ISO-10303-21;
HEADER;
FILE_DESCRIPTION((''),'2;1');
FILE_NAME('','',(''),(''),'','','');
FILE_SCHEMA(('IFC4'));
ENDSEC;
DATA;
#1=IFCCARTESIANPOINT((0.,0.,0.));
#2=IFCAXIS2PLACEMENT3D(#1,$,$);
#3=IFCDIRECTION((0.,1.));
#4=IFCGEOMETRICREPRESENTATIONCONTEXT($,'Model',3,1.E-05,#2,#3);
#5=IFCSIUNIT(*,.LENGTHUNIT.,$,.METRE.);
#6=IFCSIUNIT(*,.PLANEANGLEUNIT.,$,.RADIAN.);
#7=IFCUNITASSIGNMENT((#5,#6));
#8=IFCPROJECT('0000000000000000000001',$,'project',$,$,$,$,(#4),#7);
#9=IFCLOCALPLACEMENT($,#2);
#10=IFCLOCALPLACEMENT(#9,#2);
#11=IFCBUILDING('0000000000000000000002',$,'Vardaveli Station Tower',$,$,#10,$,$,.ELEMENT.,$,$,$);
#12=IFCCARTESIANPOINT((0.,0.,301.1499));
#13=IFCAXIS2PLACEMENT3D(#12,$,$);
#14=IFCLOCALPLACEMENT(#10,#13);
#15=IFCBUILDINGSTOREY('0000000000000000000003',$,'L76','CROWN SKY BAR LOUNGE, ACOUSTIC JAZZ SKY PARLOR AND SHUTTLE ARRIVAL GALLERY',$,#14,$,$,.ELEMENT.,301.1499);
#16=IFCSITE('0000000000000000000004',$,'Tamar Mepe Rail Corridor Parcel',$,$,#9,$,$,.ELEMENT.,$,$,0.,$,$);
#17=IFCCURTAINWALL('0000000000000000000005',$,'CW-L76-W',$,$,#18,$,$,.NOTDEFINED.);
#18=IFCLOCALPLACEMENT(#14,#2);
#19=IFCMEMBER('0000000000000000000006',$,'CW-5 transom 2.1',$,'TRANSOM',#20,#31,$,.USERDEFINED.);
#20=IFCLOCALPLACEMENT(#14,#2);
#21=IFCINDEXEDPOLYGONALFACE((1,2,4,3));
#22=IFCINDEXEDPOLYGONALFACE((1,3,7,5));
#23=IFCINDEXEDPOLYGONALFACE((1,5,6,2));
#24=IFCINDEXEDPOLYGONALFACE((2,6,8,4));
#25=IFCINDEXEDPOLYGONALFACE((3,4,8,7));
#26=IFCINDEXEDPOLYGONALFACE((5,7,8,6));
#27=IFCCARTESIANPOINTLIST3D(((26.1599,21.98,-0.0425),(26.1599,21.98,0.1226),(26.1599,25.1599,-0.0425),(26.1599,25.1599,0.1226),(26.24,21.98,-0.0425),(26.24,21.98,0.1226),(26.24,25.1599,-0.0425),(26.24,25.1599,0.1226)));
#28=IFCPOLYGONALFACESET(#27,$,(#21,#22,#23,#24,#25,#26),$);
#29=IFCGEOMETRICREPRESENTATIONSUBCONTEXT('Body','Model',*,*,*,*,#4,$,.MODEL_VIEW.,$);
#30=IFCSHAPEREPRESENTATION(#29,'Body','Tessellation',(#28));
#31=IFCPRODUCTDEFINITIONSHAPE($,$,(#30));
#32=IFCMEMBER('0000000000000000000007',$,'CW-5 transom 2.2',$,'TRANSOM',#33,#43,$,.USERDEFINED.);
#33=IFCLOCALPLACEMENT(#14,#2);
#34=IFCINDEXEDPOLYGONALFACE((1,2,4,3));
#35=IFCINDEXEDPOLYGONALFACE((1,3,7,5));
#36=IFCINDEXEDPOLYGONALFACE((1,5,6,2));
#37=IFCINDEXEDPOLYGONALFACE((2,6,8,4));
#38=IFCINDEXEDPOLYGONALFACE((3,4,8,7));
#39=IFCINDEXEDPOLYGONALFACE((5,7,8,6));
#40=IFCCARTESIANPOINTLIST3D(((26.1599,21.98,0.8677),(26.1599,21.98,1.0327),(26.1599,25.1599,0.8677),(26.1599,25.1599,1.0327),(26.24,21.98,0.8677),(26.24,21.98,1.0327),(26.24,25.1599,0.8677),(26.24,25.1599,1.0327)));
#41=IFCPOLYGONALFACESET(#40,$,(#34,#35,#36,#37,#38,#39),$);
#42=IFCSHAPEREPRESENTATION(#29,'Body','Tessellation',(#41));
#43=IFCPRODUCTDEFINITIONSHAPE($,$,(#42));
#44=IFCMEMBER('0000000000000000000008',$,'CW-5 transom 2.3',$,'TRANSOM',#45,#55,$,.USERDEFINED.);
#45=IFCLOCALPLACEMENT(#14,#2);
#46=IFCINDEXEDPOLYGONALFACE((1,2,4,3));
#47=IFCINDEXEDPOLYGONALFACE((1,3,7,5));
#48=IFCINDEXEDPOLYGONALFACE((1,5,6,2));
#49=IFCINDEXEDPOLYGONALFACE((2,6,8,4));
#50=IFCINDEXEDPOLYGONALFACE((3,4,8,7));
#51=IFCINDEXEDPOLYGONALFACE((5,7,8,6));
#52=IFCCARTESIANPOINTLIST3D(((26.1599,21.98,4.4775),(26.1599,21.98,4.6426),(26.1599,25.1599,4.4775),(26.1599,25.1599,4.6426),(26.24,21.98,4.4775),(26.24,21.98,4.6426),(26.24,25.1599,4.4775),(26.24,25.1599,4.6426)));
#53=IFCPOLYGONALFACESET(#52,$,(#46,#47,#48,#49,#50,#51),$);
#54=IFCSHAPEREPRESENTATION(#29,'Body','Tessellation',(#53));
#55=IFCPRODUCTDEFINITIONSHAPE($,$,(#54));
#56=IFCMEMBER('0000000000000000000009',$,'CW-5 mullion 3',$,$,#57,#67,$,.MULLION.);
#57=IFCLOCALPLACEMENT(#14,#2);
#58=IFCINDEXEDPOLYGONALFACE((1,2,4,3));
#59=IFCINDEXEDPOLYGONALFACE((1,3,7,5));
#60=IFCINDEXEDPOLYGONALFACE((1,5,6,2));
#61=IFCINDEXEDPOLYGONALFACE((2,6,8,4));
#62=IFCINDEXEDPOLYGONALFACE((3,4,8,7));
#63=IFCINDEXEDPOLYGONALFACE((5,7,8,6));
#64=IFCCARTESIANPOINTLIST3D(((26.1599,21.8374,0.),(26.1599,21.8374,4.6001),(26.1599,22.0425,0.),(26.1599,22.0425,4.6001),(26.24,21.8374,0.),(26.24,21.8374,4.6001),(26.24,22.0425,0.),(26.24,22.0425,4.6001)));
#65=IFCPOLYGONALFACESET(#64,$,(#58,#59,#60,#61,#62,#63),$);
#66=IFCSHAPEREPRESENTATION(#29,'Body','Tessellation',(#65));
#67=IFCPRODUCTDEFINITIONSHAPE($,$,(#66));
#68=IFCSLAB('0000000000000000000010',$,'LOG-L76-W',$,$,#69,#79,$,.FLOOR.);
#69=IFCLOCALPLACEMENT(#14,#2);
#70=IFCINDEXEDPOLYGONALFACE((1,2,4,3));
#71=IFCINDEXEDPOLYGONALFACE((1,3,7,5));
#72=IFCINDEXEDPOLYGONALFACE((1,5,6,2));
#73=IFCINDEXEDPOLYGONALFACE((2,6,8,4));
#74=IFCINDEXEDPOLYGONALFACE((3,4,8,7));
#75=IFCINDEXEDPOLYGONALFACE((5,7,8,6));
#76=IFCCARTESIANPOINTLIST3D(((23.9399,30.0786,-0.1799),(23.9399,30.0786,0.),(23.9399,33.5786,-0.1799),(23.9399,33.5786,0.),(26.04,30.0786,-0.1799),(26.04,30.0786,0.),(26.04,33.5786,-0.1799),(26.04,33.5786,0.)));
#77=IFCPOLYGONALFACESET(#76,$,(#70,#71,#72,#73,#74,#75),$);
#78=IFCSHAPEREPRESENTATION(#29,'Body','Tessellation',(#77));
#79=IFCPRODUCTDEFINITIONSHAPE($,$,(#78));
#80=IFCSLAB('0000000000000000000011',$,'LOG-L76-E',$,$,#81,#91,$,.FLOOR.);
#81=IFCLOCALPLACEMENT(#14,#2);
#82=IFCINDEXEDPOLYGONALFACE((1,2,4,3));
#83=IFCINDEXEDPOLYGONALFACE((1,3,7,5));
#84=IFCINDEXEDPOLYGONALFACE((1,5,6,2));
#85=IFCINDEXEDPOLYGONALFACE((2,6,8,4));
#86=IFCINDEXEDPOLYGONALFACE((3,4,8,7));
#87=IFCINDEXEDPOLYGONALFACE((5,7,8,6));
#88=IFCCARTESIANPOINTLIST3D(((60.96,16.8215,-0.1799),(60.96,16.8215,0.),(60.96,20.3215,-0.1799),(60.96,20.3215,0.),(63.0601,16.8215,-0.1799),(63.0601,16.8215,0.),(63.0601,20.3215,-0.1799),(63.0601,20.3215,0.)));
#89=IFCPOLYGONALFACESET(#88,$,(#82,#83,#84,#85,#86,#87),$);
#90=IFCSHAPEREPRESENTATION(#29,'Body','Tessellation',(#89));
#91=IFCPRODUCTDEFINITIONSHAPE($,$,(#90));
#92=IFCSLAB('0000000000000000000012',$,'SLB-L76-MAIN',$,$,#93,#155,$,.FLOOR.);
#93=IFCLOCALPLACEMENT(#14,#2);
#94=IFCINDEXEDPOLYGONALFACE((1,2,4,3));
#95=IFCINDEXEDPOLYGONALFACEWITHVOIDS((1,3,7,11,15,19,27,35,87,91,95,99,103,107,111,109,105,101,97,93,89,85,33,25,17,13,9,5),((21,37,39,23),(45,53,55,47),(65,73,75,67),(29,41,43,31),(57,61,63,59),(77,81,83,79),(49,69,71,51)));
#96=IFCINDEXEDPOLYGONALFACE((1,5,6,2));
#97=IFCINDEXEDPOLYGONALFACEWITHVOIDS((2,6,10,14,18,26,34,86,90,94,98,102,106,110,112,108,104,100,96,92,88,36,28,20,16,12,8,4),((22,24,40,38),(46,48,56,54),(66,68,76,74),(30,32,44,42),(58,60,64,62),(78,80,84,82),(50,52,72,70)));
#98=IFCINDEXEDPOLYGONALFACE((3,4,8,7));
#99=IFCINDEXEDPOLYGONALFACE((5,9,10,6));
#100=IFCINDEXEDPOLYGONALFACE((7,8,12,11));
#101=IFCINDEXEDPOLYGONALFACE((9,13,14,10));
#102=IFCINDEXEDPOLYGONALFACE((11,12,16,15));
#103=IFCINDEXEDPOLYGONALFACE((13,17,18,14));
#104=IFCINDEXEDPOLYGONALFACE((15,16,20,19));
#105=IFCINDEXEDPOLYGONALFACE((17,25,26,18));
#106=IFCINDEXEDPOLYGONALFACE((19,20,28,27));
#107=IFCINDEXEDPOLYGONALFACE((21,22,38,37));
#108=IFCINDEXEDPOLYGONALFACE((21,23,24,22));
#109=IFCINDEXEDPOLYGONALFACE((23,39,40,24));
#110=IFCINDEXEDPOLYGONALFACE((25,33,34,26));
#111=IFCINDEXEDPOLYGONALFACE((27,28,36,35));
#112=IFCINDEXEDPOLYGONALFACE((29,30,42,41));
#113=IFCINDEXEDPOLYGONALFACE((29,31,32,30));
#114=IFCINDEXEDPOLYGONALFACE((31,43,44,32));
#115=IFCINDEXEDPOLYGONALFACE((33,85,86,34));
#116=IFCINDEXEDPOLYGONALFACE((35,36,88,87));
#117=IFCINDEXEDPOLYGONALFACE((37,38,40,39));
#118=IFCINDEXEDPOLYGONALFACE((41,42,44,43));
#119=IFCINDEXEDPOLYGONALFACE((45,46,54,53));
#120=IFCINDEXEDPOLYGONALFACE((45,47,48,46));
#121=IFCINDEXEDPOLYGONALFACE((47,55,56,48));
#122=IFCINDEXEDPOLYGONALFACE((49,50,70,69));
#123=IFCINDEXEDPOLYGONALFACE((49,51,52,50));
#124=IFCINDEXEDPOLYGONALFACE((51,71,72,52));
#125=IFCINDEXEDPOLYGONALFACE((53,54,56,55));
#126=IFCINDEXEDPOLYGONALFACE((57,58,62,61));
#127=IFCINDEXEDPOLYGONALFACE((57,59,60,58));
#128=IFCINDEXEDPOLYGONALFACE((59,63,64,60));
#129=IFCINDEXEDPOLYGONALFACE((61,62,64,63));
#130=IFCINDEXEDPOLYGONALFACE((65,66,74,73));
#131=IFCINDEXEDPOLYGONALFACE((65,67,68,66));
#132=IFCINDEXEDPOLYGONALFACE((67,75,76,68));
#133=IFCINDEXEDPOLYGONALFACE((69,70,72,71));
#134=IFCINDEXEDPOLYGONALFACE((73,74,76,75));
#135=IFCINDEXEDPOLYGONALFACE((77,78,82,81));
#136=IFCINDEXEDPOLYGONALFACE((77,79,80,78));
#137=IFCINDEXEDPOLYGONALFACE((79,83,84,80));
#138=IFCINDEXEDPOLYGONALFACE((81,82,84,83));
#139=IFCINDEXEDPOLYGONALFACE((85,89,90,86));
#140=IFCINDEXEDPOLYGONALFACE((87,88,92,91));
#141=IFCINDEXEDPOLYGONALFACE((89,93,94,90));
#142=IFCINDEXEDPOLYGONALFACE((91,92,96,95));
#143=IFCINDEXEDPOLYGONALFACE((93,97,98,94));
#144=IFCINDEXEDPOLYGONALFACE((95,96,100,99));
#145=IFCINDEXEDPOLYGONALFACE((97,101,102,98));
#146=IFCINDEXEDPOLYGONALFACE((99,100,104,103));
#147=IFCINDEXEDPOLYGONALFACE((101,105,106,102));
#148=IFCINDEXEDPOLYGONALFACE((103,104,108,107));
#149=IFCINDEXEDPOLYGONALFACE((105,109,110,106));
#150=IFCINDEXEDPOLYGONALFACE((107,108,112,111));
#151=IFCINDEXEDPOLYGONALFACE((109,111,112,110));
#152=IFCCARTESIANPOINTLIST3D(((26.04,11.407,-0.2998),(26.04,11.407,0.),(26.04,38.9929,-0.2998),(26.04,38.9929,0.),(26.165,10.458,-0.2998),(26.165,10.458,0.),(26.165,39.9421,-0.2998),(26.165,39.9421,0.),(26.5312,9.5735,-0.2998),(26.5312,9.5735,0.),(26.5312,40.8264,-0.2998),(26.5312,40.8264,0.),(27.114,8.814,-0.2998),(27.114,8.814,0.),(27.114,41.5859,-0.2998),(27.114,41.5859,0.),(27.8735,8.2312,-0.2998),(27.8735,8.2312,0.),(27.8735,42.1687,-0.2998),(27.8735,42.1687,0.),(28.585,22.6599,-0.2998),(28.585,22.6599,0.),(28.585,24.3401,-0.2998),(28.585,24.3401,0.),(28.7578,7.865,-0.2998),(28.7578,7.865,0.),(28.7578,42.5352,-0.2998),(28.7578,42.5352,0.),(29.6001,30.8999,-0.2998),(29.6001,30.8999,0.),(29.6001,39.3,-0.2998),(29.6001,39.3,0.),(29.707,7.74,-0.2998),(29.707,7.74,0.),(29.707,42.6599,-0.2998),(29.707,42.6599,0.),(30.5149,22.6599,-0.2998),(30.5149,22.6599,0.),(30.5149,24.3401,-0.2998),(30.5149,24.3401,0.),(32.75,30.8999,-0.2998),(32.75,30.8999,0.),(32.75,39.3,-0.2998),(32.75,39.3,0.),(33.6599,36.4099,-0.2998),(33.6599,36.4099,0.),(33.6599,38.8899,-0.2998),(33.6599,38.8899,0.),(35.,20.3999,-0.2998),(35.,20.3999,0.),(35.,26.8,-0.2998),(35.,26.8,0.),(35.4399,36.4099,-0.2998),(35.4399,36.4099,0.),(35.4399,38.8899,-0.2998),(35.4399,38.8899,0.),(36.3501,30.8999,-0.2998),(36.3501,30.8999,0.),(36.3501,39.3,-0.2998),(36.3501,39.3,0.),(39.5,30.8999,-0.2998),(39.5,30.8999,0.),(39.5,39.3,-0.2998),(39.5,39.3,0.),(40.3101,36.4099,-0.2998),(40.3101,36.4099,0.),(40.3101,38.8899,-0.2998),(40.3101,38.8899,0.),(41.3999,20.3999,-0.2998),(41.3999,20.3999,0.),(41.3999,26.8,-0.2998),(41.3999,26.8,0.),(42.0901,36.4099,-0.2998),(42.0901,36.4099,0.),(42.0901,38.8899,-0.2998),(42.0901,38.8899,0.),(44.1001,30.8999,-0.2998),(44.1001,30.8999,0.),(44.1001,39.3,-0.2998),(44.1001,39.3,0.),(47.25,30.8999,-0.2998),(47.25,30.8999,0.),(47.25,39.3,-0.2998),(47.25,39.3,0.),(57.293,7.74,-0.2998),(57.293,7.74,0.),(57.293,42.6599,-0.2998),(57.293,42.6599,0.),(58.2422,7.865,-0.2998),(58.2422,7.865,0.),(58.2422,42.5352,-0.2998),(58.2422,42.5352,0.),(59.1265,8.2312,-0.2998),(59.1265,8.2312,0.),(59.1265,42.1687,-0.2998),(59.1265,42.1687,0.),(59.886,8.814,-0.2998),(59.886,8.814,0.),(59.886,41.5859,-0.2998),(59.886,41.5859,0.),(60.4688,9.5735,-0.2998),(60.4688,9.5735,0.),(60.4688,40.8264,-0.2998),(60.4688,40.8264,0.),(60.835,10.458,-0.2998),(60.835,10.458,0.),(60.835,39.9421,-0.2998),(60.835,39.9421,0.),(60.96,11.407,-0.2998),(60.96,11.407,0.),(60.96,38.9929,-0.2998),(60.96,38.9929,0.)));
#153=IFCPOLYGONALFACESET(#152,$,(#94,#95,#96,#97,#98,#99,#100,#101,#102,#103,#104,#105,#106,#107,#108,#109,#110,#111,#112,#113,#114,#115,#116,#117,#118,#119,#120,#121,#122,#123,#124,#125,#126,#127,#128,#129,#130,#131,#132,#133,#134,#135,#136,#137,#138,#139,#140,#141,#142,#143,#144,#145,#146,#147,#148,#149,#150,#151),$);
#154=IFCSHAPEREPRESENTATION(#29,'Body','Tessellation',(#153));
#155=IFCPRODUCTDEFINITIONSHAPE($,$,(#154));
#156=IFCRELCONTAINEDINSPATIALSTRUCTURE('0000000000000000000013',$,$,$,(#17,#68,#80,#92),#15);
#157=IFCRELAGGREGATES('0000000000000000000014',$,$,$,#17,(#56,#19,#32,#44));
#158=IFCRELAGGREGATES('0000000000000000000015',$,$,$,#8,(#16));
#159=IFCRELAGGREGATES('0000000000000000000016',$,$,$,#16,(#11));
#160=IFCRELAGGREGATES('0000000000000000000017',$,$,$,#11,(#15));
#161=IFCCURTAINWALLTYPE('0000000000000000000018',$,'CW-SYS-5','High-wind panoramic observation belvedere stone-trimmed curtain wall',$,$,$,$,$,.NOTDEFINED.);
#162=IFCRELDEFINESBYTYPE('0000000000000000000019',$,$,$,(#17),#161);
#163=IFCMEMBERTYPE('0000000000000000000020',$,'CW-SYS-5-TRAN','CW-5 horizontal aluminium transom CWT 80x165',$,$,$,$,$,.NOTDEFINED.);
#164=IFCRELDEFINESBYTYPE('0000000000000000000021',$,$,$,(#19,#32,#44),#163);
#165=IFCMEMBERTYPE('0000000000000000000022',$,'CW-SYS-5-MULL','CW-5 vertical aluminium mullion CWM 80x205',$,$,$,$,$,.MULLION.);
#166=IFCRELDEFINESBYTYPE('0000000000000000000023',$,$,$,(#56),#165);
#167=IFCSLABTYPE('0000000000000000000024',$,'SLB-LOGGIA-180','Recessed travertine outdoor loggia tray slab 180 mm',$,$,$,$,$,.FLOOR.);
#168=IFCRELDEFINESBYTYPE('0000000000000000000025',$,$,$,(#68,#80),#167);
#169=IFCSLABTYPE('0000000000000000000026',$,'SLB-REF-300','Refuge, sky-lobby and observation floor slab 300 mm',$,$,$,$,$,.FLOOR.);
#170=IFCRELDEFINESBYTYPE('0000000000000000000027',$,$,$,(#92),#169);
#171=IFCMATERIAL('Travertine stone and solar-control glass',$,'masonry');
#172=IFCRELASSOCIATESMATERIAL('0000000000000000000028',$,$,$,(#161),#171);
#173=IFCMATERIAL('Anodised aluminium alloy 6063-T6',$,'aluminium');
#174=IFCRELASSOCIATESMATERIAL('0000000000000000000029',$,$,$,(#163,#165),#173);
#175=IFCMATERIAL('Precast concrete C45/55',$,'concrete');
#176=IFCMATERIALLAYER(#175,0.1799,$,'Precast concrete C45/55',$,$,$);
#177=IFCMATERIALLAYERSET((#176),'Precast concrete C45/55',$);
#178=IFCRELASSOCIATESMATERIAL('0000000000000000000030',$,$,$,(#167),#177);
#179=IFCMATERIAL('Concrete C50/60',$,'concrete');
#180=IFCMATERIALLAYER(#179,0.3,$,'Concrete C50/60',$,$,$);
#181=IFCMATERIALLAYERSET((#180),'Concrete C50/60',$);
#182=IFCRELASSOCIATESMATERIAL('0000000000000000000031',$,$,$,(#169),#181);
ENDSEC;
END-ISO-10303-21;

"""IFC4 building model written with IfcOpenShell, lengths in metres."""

from ifc_helpers import new_model, si_unit, direction, frame, origin, origin_2d, place, context, subcontext, project, spatial, polyline, rectangle, outline, extrude, source, transform, mapped, material, layer, layer_set, material_profile, profile_set, type_object, element, aggregate, save


model = new_model("IFC4")

# Units and contexts
model_context = context("Model", 3, precision=1e-05, world=origin(), true_north=direction((0.0, 1.0)))
body_context = subcontext(model_context, "Body", "Model", "MODEL_VIEW")
ifc_project = project(units=[si_unit("LENGTHUNIT", "METRE"), si_unit("PLANEANGLEUNIT", "RADIAN")], contexts=[model_context])

# Site, building, storey
site_placement = place(None, origin())
site = spatial("IfcSite", under=ifc_project, at=site_placement, Name="Tamar Mepe Rail Corridor Parcel", CompositionType="ELEMENT", RefElevation=0.0)
building_placement = place(site_placement, origin())
building = spatial("IfcBuilding", under=site, at=building_placement, Name="Vardaveli Station Tower", CompositionType="ELEMENT")
storey_placement = place(building_placement, frame((0.0, 0.0, 301.1499)))
storey = spatial("IfcBuildingStorey", under=building, at=storey_placement, Name="L76", Description="CROWN SKY BAR LOUNGE, ACOUSTIC JAZZ SKY PARLOR AND SHUTTLE ARRIVAL GALLERY", CompositionType="ELEMENT", Elevation=301.1499)

# Curtain wall, members
ifc_material_1 = material(Name="Travertine stone and solar-control glass", Category="masonry")
curtain_wall_type = type_object("IfcCurtainWallType", Name="CW-SYS-5", Description="High-wind panoramic observation belvedere stone-trimmed curtain wall", PredefinedType="NOTDEFINED", material=ifc_material_1)
curtain_wall_placement = place(storey_placement, origin())
curtain_wall = element("IfcCurtainWall", 1, at=curtain_wall_placement, inside=storey, type_object=curtain_wall_type, Name="CW-L76-W", PredefinedType="NOTDEFINED")
ifc_material_2 = material(Name="Anodised aluminium alloy 6063-T6", Category="aluminium")
ifc_material_profile_1 = material_profile(ifc_material_2, rectangle(XDim=0.0801, YDim=0.165, at=origin_2d()), Name="CWT 80x165")
ifc_profile_set_1 = profile_set([ifc_material_profile_1], Name="Anodised aluminium alloy 6063-T6")
member_type_1 = type_object("IfcMemberType", Name="CW-SYS-5-TRAN", Description="CW-5 horizontal aluminium transom CWT 80x165", PredefinedType="NOTDEFINED", material=ifc_profile_set_1)
shared_shape_1 = source(origin(), body_context, "Body", "SweptSolid", [
    extrude(rectangle(XDim=0.0801, YDim=0.165, at=origin_2d()), origin(), (0.0, 0.0, 1.0), 3.1799),
])
member_1_placement = place(storey_placement, frame((26.2, 25.1599, 0.04), z_axis=(0.0, -1.0, 0.0), x_axis=(1.0, 0.0, 0.0)))
member_1 = element("IfcMember", 2, at=member_1_placement, type_object=member_type_1, Name="CW-5 transom 2.1", ObjectType="TRANSOM", PredefinedType="USERDEFINED", context=body_context, shape_type="MappedRepresentation", body=[
    mapped(shared_shape_1, transform((0.0, 0.0, 0.0), scale=1.0)),
])
member_2_placement = place(storey_placement, frame((26.2, 25.1599, 0.9502), z_axis=(0.0, -1.0, 0.0), x_axis=(1.0, 0.0, 0.0)))
member_2 = element("IfcMember", 3, at=member_2_placement, type_object=member_type_1, Name="CW-5 transom 2.2", ObjectType="TRANSOM", PredefinedType="USERDEFINED", context=body_context, shape_type="MappedRepresentation", body=[
    mapped(shared_shape_1, transform((0.0, 0.0, 0.0), scale=1.0)),
])
member_3_placement = place(storey_placement, frame((26.2, 25.1599, 4.5601), z_axis=(0.0, -1.0, 0.0), x_axis=(1.0, 0.0, 0.0)))
member_3 = element("IfcMember", 4, at=member_3_placement, type_object=member_type_1, Name="CW-5 transom 2.3", ObjectType="TRANSOM", PredefinedType="USERDEFINED", context=body_context, shape_type="MappedRepresentation", body=[
    mapped(shared_shape_1, transform((0.0, 0.0, 0.0), scale=1.0)),
])
ifc_material_profile_2 = material_profile(ifc_material_2, rectangle(XDim=0.0801, YDim=0.2051, at=origin_2d()), Name="CWM 80x205")
ifc_profile_set_2 = profile_set([ifc_material_profile_2], Name="Anodised aluminium alloy 6063-T6")
member_type_2 = type_object("IfcMemberType", Name="CW-SYS-5-MULL", Description="CW-5 vertical aluminium mullion CWM 80x205", PredefinedType="MULLION", material=ifc_profile_set_2)
shared_shape_2 = source(origin(), body_context, "Body", "SweptSolid", [
    extrude(rectangle(XDim=0.0801, YDim=0.2051, at=origin_2d()), origin(), (0.0, 0.0, 1.0), 4.6001),
])
member_4_placement = place(storey_placement, frame((26.2, 21.9399, 0.0), z_axis=(0.0, 0.0, 1.0), x_axis=(1.0, 0.0, 0.0)))
member_4 = element("IfcMember", 5, at=member_4_placement, type_object=member_type_2, Name="CW-5 mullion 3", PredefinedType="MULLION", context=body_context, shape_type="MappedRepresentation", body=[
    mapped(shared_shape_2, transform((0.0, 0.0, 0.0), scale=1.0)),
])

# Slabs
ifc_material_3 = material(Name="Precast concrete C45/55", Category="concrete")
ifc_layer_1 = layer(ifc_material_3, 0.1799, Name="Precast concrete C45/55")
ifc_layer_set_1 = layer_set([ifc_layer_1], Name="Precast concrete C45/55")
slab_type_1 = type_object("IfcSlabType", Name="SLB-LOGGIA-180", Description="Recessed travertine outdoor loggia tray slab 180 mm", PredefinedType="FLOOR", material=ifc_layer_set_1)
slab_1_placement = place(storey_placement, frame((0.0, 0.0, -0.1799)))
element("IfcSlab", 6, at=slab_1_placement, inside=storey, type_object=slab_type_1, Name="LOG-L76-W", PredefinedType="FLOOR", context=body_context, shape_type="SweptSolid", body=[
    extrude(outline(polyline([(23.9399, 30.0786), (26.04, 30.0786), (26.04, 33.5786), (23.9399, 33.5786), (23.9399, 30.0786)])), origin(), (0.0, 0.0, 1.0), 0.1799),
])
slab_2_placement = place(storey_placement, frame((0.0, 0.0, -0.1799)))
element("IfcSlab", 7, at=slab_2_placement, inside=storey, type_object=slab_type_1, Name="LOG-L76-E", PredefinedType="FLOOR", context=body_context, shape_type="SweptSolid", body=[
    extrude(outline(polyline([(60.96, 16.8215), (63.0601, 16.8215), (63.0601, 20.3215), (60.96, 20.3215), (60.96, 16.8215)])), origin(), (0.0, 0.0, 1.0), 0.1799),
])
ifc_material_4 = material(Name="Concrete C50/60", Category="concrete")
ifc_layer_2 = layer(ifc_material_4, 0.3, Name="Concrete C50/60")
ifc_layer_set_2 = layer_set([ifc_layer_2], Name="Concrete C50/60")
slab_type_2 = type_object("IfcSlabType", Name="SLB-REF-300", Description="Refuge, sky-lobby and observation floor slab 300 mm", PredefinedType="FLOOR", material=ifc_layer_set_2)
slab_3_placement = place(storey_placement, frame((0.0, 0.0, -0.2998)))
element("IfcSlab", 8, at=slab_3_placement, inside=storey, type_object=slab_type_2, Name="SLB-L76-MAIN", PredefinedType="FLOOR", context=body_context, shape_type="SweptSolid", body=[
    extrude(outline(polyline([(26.04, 11.407), (26.165, 10.458), (26.5312, 9.5735), (27.114, 8.814), (27.8735, 8.2312), (28.7578, 7.865), (29.707, 7.74), (57.293, 7.74), (58.2422, 7.865), (59.1265, 8.2312), (59.886, 8.814), (60.4688, 9.5735), (60.835, 10.458), (60.96, 11.407), (60.96, 38.9929), (60.835, 39.9421), (60.4688, 40.8264), (59.886, 41.5859), (59.1265, 42.1687), (58.2422, 42.5352), (57.293, 42.6599), (29.707, 42.6599), (28.7578, 42.5352), (27.8735, 42.1687), (27.114, 41.5859), (26.5312, 40.8264), (26.165, 39.9421), (26.04, 38.9929), (26.04, 11.407)]), holes=[polyline([(35.0, 20.3999), (41.3999, 20.3999), (41.3999, 26.8), (35.0, 26.8), (35.0, 20.3999)]), polyline([(32.75, 30.8999), (32.75, 39.3), (29.6001, 39.3), (29.6001, 30.8999), (32.75, 30.8999)]), polyline([(39.5, 30.8999), (39.5, 39.3), (36.3501, 39.3), (36.3501, 30.8999), (39.5, 30.8999)]), polyline([(47.25, 30.8999), (47.25, 39.3), (44.1001, 39.3), (44.1001, 30.8999), (47.25, 30.8999)]), polyline([(33.6599, 36.4099), (35.4399, 36.4099), (35.4399, 38.8899), (33.6599, 38.8899), (33.6599, 36.4099)]), polyline([(40.3101, 36.4099), (42.0901, 36.4099), (42.0901, 38.8899), (40.3101, 38.8899), (40.3101, 36.4099)]), polyline([(28.585, 22.6599), (30.5149, 22.6599), (30.5149, 24.3401), (28.585, 24.3401), (28.585, 22.6599)])]), origin(), (0.0, 0.0, 1.0), 0.2998),
])

aggregate(curtain_wall, [member_4, member_1, member_2, member_3])

save(model, "model.ifc")
